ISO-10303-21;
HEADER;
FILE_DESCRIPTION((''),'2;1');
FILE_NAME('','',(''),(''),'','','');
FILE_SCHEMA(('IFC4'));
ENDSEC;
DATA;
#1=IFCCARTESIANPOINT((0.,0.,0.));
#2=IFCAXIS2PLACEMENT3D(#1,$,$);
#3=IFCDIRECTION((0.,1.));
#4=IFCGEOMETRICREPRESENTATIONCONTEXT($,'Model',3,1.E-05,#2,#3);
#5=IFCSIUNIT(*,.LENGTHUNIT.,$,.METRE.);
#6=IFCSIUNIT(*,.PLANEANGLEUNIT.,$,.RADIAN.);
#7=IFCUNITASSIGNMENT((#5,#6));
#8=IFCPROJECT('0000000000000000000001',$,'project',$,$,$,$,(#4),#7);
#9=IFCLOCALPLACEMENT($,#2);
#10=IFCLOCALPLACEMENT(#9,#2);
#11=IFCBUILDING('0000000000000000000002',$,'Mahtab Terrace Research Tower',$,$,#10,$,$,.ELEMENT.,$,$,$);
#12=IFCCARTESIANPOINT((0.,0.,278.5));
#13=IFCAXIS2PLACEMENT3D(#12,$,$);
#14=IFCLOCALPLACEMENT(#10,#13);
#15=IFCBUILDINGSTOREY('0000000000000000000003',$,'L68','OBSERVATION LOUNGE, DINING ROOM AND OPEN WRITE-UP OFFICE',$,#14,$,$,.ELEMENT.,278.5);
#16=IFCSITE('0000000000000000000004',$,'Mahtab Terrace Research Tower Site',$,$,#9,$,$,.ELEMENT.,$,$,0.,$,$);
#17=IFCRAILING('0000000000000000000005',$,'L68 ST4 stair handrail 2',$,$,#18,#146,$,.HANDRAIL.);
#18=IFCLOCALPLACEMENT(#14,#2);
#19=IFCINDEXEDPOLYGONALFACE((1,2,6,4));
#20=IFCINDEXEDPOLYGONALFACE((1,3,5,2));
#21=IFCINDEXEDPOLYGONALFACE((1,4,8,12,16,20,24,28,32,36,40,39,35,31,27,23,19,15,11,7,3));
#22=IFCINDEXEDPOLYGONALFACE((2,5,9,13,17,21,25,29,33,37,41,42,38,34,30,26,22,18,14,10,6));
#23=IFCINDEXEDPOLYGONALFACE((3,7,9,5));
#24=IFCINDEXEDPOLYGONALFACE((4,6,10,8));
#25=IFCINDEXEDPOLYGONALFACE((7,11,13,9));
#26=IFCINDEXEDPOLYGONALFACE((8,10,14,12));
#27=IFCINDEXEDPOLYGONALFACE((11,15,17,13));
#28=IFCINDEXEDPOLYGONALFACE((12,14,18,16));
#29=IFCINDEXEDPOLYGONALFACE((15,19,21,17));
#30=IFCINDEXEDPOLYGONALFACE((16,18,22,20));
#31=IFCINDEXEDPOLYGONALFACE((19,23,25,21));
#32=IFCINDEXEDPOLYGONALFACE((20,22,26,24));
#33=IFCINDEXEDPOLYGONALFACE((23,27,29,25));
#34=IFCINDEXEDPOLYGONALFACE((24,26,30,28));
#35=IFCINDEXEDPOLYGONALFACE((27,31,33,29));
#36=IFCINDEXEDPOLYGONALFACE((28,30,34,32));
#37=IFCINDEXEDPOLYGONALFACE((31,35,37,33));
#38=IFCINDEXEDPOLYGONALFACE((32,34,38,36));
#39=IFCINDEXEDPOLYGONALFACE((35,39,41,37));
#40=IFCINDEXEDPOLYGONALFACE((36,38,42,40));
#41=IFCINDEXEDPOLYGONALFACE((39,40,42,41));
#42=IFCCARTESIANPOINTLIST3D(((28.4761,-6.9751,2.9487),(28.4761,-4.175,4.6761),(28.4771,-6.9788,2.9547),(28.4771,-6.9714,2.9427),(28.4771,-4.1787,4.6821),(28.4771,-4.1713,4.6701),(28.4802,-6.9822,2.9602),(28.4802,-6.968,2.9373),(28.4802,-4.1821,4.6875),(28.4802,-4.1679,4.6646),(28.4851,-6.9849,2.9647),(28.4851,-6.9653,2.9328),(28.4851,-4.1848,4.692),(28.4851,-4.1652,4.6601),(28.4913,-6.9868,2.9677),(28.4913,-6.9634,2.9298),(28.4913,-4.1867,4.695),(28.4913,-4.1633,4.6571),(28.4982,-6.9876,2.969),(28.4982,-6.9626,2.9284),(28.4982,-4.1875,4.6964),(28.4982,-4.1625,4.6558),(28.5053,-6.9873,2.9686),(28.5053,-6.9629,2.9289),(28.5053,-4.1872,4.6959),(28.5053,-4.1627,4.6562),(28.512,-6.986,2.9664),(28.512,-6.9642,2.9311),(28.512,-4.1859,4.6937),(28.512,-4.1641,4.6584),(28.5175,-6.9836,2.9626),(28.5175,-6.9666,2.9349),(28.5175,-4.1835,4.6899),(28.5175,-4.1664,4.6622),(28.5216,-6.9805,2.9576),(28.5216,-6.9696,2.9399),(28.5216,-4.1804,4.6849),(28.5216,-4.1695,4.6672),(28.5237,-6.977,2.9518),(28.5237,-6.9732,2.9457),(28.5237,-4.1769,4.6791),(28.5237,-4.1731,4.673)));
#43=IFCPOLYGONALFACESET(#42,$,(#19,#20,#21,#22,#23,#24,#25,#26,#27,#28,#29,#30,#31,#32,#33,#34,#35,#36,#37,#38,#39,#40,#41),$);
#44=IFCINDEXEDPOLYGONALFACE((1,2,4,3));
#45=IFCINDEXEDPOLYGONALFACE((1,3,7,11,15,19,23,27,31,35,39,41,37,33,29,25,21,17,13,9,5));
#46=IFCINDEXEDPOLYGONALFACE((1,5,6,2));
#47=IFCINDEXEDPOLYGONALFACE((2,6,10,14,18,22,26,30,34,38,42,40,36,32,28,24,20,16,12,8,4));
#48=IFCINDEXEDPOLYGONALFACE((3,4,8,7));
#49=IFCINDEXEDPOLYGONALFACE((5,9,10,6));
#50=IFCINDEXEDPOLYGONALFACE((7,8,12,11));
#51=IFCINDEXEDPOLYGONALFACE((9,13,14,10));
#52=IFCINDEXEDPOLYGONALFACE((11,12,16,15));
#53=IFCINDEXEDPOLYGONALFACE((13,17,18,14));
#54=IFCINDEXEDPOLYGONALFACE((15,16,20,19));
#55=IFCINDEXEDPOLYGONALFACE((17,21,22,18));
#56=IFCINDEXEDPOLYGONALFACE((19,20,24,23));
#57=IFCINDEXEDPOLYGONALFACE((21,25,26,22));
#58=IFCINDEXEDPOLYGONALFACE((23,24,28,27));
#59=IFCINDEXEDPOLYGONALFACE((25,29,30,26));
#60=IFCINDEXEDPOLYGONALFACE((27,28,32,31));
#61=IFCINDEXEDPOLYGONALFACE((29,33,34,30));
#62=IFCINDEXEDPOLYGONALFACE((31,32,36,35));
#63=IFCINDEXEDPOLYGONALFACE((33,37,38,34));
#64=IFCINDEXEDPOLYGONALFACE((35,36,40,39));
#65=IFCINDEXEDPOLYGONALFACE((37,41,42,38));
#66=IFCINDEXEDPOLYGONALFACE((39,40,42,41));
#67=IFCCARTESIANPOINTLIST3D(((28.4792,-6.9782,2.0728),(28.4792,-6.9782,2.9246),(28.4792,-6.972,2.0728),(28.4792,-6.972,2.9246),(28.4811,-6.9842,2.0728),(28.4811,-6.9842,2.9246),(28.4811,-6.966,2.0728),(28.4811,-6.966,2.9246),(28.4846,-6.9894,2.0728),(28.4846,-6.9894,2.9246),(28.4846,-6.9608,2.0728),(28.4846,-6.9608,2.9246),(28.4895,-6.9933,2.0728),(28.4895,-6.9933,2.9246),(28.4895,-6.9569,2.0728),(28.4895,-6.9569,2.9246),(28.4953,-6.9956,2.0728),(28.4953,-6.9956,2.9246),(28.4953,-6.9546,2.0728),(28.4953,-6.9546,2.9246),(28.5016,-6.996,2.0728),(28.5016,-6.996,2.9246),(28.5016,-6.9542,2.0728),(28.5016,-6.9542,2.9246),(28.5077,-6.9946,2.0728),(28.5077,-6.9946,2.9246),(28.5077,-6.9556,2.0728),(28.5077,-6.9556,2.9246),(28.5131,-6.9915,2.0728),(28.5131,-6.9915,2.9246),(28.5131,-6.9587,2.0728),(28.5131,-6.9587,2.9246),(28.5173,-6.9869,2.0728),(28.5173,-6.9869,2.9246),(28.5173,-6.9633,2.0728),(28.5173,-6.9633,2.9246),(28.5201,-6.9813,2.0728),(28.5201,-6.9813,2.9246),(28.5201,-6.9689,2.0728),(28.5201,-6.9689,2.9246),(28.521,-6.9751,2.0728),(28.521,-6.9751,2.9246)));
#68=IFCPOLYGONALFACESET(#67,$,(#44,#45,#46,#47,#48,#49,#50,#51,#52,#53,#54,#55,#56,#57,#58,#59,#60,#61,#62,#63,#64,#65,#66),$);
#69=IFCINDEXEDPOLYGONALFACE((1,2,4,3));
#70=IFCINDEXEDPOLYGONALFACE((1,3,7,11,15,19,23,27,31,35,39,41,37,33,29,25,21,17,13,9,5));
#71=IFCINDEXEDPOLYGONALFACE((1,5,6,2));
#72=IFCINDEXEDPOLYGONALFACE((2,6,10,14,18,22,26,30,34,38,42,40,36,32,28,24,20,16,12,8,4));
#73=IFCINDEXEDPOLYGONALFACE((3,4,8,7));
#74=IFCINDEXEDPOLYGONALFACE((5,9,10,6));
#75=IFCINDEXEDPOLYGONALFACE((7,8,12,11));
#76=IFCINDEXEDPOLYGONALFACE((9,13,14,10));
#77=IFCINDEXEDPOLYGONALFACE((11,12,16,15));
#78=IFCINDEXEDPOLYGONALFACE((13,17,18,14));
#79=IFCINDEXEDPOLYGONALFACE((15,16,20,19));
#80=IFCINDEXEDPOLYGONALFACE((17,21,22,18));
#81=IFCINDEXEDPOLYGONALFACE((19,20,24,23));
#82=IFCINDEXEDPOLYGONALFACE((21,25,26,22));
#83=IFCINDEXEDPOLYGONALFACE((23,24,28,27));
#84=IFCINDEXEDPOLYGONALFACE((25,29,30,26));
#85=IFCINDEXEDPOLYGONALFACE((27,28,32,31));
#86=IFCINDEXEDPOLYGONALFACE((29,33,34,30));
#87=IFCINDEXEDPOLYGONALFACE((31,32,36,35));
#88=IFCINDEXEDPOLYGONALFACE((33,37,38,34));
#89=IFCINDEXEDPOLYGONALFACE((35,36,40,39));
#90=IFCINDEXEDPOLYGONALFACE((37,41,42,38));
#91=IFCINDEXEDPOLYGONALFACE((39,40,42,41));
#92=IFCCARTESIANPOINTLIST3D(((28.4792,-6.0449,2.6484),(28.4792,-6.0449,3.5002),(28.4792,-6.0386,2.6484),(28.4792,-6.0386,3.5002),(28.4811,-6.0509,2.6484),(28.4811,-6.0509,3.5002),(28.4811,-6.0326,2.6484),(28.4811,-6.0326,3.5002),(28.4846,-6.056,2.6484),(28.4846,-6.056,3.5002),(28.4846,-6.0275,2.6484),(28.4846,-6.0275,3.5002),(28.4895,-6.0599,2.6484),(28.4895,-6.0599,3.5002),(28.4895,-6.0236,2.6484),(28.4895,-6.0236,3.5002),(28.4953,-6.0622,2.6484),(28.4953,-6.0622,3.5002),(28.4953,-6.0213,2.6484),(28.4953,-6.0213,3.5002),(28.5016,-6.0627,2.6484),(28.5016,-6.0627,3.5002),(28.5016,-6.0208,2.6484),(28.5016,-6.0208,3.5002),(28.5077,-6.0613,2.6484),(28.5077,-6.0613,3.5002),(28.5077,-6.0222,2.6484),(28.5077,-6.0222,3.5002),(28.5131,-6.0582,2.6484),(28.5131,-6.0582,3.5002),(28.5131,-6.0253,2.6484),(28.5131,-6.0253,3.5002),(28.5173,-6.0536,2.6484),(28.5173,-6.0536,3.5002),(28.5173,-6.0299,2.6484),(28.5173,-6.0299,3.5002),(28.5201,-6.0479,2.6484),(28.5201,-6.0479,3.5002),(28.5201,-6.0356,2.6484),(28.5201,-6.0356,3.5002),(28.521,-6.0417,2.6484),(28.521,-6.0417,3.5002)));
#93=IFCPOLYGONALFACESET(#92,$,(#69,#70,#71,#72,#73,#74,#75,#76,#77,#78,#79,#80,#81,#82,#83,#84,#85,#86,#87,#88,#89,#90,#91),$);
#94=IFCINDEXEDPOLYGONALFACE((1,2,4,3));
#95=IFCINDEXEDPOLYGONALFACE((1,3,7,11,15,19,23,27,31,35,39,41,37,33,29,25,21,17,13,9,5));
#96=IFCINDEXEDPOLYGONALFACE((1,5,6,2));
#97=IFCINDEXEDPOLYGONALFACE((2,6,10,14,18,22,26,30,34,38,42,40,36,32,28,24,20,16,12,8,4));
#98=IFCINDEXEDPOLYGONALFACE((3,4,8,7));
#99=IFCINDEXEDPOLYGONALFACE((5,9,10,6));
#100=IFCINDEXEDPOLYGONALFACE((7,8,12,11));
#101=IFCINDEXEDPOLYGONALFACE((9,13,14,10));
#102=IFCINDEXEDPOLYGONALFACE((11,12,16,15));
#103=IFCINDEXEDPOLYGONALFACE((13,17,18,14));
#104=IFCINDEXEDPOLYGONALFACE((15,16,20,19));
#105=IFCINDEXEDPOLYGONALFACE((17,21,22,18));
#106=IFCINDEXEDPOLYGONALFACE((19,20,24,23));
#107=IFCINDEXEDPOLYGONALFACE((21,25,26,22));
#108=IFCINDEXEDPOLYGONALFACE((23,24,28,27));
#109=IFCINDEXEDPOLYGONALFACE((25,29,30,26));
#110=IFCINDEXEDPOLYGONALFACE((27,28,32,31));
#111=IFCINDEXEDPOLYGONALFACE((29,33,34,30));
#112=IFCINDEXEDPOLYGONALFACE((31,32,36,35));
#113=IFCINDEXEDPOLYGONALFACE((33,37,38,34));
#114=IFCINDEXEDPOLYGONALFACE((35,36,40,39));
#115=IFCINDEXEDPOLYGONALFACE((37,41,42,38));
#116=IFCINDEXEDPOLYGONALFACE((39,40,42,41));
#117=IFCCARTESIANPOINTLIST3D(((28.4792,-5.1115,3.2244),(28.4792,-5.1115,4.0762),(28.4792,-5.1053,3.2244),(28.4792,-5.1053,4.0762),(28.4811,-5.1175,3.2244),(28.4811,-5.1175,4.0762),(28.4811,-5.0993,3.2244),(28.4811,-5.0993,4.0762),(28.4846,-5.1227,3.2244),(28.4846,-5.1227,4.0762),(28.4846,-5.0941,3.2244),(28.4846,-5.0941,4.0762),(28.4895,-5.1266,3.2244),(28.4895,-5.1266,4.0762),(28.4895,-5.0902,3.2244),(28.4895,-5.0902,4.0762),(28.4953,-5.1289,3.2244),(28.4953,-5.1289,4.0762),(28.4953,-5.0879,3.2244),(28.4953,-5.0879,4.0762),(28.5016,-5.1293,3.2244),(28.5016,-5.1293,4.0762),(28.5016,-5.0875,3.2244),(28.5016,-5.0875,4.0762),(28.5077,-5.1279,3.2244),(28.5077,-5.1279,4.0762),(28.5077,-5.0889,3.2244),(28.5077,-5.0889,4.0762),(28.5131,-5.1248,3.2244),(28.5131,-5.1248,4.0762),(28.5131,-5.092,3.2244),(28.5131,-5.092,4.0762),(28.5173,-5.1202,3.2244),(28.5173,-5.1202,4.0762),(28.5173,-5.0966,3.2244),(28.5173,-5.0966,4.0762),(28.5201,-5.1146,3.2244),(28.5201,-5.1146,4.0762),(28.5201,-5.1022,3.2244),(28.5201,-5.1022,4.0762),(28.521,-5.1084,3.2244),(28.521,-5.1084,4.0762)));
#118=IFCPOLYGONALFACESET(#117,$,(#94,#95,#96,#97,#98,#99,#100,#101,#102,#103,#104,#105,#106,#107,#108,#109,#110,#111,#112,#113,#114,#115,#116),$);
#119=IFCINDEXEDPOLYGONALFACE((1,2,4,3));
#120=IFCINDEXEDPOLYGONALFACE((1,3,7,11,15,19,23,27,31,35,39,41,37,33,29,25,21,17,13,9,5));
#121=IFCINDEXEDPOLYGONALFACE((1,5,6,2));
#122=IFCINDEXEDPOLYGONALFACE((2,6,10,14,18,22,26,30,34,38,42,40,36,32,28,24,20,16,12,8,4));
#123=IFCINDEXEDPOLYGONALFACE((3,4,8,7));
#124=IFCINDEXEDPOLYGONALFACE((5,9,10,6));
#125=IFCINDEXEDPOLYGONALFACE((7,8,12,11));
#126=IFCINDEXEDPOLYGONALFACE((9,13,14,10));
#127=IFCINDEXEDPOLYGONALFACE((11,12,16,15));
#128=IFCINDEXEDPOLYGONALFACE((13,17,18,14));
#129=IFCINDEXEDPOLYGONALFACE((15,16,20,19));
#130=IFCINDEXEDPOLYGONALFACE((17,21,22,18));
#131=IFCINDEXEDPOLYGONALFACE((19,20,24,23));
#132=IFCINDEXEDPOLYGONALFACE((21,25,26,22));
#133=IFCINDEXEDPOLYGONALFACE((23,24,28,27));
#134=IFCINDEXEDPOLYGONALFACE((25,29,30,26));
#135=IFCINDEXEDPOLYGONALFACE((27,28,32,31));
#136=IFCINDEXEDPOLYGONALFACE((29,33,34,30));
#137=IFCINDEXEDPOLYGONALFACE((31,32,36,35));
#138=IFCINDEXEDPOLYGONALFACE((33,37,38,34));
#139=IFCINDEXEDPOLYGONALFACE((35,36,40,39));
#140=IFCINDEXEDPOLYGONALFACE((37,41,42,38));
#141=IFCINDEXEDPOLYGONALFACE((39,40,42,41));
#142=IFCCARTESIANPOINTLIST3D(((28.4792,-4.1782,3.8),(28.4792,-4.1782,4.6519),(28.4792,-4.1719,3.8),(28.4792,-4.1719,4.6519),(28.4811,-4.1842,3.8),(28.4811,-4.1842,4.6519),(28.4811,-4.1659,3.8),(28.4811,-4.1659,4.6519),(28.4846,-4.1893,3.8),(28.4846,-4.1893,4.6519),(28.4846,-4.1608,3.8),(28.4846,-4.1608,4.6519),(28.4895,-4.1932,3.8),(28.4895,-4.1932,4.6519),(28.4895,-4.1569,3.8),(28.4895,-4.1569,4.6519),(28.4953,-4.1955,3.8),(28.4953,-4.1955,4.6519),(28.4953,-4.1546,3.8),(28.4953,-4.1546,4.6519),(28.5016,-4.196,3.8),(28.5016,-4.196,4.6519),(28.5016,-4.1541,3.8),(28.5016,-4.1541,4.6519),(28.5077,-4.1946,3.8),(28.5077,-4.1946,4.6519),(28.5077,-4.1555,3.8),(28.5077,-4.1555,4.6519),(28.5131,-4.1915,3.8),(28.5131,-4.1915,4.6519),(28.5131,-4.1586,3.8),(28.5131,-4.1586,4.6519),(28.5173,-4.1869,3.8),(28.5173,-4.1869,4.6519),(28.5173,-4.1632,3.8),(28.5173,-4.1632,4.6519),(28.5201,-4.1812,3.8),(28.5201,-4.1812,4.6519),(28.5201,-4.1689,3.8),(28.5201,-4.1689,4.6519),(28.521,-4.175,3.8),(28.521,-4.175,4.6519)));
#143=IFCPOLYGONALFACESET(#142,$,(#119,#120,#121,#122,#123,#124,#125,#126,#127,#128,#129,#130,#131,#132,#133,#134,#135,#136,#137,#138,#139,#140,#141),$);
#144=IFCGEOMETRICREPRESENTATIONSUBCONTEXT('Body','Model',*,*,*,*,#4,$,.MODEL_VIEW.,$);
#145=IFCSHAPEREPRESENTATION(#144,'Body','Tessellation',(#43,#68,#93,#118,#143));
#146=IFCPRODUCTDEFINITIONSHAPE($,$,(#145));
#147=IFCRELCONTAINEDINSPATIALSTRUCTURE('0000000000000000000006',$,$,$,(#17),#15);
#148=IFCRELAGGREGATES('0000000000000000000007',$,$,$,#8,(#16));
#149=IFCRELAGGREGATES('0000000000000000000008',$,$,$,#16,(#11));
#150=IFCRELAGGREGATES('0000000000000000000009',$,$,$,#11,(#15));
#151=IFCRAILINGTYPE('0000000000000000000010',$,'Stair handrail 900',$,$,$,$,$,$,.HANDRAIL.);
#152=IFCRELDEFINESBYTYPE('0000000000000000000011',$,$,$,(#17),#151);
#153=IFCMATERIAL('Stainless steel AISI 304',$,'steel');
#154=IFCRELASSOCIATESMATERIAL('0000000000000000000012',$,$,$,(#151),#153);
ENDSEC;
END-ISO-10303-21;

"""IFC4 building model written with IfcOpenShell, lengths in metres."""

from ifc_helpers import new_model, si_unit, direction, frame, origin, origin_2d, place, context, subcontext, project, spatial, circle, extrude, material, type_object, element, save


model = new_model("IFC4")

# Units and contexts
model_context = context("Model", 3, precision=1e-05, world=origin(), true_north=direction((0.0, 1.0)))
body_context = subcontext(model_context, "Body", "Model", "MODEL_VIEW")
ifc_project = project(units=[si_unit("LENGTHUNIT", "METRE"), si_unit("PLANEANGLEUNIT", "RADIAN")], contexts=[model_context])

# Site, building, storey
site_placement = place(None, origin())
site = spatial("IfcSite", under=ifc_project, at=site_placement, Name="Mahtab Terrace Research Tower Site", CompositionType="ELEMENT", RefElevation=0.0)
building_placement = place(site_placement, origin())
building = spatial("IfcBuilding", under=site, at=building_placement, Name="Mahtab Terrace Research Tower", CompositionType="ELEMENT")
storey_placement = place(building_placement, frame((0.0, 0.0, 278.5)))
storey = spatial("IfcBuildingStorey", under=building, at=storey_placement, Name="L68", Description="OBSERVATION LOUNGE, DINING ROOM AND OPEN WRITE-UP OFFICE", CompositionType="ELEMENT", Elevation=278.5)

# Railing
ifc_material_1 = material(Name="Stainless steel AISI 304", Category="steel")
railing_type_1 = type_object("IfcRailingType", Name="Stair handrail 900", PredefinedType="HANDRAIL", material=ifc_material_1)
railing_1_placement = place(storey_placement, frame((28.5, -6.9751, 2.0728)))
element("IfcRailing", 1, at=railing_1_placement, inside=storey, type_object=railing_type_1, Name="L68 ST4 stair handrail 2", PredefinedType="HANDRAIL", context=body_context, shape_type="SweptSolid", body=[
    extrude(circle(Radius=0.0239, at=origin_2d()), frame((0.0, 0.0, 0.876), z_axis=(0.0, 0.85109, 0.52502), x_axis=(-1.0, 0.0, 0.0)), (0.0, 0.0, 1.0), 3.29),
    extrude(circle(Radius=0.021, at=origin_2d()), origin(), (0.0, 0.0, 1.0), 0.8518),
    extrude(circle(Radius=0.021, at=origin_2d()), frame((0.0, 0.9333, 0.5757)), (0.0, 0.0, 1.0), 0.8518),
    extrude(circle(Radius=0.021, at=origin_2d()), frame((0.0, 1.8667, 1.1516)), (0.0, 0.0, 1.0), 0.8518),
    extrude(circle(Radius=0.021, at=origin_2d()), frame((0.0, 2.8, 1.7273)), (0.0, 0.0, 1.0), 0.8518),
])

save(model, "model.ifc")
